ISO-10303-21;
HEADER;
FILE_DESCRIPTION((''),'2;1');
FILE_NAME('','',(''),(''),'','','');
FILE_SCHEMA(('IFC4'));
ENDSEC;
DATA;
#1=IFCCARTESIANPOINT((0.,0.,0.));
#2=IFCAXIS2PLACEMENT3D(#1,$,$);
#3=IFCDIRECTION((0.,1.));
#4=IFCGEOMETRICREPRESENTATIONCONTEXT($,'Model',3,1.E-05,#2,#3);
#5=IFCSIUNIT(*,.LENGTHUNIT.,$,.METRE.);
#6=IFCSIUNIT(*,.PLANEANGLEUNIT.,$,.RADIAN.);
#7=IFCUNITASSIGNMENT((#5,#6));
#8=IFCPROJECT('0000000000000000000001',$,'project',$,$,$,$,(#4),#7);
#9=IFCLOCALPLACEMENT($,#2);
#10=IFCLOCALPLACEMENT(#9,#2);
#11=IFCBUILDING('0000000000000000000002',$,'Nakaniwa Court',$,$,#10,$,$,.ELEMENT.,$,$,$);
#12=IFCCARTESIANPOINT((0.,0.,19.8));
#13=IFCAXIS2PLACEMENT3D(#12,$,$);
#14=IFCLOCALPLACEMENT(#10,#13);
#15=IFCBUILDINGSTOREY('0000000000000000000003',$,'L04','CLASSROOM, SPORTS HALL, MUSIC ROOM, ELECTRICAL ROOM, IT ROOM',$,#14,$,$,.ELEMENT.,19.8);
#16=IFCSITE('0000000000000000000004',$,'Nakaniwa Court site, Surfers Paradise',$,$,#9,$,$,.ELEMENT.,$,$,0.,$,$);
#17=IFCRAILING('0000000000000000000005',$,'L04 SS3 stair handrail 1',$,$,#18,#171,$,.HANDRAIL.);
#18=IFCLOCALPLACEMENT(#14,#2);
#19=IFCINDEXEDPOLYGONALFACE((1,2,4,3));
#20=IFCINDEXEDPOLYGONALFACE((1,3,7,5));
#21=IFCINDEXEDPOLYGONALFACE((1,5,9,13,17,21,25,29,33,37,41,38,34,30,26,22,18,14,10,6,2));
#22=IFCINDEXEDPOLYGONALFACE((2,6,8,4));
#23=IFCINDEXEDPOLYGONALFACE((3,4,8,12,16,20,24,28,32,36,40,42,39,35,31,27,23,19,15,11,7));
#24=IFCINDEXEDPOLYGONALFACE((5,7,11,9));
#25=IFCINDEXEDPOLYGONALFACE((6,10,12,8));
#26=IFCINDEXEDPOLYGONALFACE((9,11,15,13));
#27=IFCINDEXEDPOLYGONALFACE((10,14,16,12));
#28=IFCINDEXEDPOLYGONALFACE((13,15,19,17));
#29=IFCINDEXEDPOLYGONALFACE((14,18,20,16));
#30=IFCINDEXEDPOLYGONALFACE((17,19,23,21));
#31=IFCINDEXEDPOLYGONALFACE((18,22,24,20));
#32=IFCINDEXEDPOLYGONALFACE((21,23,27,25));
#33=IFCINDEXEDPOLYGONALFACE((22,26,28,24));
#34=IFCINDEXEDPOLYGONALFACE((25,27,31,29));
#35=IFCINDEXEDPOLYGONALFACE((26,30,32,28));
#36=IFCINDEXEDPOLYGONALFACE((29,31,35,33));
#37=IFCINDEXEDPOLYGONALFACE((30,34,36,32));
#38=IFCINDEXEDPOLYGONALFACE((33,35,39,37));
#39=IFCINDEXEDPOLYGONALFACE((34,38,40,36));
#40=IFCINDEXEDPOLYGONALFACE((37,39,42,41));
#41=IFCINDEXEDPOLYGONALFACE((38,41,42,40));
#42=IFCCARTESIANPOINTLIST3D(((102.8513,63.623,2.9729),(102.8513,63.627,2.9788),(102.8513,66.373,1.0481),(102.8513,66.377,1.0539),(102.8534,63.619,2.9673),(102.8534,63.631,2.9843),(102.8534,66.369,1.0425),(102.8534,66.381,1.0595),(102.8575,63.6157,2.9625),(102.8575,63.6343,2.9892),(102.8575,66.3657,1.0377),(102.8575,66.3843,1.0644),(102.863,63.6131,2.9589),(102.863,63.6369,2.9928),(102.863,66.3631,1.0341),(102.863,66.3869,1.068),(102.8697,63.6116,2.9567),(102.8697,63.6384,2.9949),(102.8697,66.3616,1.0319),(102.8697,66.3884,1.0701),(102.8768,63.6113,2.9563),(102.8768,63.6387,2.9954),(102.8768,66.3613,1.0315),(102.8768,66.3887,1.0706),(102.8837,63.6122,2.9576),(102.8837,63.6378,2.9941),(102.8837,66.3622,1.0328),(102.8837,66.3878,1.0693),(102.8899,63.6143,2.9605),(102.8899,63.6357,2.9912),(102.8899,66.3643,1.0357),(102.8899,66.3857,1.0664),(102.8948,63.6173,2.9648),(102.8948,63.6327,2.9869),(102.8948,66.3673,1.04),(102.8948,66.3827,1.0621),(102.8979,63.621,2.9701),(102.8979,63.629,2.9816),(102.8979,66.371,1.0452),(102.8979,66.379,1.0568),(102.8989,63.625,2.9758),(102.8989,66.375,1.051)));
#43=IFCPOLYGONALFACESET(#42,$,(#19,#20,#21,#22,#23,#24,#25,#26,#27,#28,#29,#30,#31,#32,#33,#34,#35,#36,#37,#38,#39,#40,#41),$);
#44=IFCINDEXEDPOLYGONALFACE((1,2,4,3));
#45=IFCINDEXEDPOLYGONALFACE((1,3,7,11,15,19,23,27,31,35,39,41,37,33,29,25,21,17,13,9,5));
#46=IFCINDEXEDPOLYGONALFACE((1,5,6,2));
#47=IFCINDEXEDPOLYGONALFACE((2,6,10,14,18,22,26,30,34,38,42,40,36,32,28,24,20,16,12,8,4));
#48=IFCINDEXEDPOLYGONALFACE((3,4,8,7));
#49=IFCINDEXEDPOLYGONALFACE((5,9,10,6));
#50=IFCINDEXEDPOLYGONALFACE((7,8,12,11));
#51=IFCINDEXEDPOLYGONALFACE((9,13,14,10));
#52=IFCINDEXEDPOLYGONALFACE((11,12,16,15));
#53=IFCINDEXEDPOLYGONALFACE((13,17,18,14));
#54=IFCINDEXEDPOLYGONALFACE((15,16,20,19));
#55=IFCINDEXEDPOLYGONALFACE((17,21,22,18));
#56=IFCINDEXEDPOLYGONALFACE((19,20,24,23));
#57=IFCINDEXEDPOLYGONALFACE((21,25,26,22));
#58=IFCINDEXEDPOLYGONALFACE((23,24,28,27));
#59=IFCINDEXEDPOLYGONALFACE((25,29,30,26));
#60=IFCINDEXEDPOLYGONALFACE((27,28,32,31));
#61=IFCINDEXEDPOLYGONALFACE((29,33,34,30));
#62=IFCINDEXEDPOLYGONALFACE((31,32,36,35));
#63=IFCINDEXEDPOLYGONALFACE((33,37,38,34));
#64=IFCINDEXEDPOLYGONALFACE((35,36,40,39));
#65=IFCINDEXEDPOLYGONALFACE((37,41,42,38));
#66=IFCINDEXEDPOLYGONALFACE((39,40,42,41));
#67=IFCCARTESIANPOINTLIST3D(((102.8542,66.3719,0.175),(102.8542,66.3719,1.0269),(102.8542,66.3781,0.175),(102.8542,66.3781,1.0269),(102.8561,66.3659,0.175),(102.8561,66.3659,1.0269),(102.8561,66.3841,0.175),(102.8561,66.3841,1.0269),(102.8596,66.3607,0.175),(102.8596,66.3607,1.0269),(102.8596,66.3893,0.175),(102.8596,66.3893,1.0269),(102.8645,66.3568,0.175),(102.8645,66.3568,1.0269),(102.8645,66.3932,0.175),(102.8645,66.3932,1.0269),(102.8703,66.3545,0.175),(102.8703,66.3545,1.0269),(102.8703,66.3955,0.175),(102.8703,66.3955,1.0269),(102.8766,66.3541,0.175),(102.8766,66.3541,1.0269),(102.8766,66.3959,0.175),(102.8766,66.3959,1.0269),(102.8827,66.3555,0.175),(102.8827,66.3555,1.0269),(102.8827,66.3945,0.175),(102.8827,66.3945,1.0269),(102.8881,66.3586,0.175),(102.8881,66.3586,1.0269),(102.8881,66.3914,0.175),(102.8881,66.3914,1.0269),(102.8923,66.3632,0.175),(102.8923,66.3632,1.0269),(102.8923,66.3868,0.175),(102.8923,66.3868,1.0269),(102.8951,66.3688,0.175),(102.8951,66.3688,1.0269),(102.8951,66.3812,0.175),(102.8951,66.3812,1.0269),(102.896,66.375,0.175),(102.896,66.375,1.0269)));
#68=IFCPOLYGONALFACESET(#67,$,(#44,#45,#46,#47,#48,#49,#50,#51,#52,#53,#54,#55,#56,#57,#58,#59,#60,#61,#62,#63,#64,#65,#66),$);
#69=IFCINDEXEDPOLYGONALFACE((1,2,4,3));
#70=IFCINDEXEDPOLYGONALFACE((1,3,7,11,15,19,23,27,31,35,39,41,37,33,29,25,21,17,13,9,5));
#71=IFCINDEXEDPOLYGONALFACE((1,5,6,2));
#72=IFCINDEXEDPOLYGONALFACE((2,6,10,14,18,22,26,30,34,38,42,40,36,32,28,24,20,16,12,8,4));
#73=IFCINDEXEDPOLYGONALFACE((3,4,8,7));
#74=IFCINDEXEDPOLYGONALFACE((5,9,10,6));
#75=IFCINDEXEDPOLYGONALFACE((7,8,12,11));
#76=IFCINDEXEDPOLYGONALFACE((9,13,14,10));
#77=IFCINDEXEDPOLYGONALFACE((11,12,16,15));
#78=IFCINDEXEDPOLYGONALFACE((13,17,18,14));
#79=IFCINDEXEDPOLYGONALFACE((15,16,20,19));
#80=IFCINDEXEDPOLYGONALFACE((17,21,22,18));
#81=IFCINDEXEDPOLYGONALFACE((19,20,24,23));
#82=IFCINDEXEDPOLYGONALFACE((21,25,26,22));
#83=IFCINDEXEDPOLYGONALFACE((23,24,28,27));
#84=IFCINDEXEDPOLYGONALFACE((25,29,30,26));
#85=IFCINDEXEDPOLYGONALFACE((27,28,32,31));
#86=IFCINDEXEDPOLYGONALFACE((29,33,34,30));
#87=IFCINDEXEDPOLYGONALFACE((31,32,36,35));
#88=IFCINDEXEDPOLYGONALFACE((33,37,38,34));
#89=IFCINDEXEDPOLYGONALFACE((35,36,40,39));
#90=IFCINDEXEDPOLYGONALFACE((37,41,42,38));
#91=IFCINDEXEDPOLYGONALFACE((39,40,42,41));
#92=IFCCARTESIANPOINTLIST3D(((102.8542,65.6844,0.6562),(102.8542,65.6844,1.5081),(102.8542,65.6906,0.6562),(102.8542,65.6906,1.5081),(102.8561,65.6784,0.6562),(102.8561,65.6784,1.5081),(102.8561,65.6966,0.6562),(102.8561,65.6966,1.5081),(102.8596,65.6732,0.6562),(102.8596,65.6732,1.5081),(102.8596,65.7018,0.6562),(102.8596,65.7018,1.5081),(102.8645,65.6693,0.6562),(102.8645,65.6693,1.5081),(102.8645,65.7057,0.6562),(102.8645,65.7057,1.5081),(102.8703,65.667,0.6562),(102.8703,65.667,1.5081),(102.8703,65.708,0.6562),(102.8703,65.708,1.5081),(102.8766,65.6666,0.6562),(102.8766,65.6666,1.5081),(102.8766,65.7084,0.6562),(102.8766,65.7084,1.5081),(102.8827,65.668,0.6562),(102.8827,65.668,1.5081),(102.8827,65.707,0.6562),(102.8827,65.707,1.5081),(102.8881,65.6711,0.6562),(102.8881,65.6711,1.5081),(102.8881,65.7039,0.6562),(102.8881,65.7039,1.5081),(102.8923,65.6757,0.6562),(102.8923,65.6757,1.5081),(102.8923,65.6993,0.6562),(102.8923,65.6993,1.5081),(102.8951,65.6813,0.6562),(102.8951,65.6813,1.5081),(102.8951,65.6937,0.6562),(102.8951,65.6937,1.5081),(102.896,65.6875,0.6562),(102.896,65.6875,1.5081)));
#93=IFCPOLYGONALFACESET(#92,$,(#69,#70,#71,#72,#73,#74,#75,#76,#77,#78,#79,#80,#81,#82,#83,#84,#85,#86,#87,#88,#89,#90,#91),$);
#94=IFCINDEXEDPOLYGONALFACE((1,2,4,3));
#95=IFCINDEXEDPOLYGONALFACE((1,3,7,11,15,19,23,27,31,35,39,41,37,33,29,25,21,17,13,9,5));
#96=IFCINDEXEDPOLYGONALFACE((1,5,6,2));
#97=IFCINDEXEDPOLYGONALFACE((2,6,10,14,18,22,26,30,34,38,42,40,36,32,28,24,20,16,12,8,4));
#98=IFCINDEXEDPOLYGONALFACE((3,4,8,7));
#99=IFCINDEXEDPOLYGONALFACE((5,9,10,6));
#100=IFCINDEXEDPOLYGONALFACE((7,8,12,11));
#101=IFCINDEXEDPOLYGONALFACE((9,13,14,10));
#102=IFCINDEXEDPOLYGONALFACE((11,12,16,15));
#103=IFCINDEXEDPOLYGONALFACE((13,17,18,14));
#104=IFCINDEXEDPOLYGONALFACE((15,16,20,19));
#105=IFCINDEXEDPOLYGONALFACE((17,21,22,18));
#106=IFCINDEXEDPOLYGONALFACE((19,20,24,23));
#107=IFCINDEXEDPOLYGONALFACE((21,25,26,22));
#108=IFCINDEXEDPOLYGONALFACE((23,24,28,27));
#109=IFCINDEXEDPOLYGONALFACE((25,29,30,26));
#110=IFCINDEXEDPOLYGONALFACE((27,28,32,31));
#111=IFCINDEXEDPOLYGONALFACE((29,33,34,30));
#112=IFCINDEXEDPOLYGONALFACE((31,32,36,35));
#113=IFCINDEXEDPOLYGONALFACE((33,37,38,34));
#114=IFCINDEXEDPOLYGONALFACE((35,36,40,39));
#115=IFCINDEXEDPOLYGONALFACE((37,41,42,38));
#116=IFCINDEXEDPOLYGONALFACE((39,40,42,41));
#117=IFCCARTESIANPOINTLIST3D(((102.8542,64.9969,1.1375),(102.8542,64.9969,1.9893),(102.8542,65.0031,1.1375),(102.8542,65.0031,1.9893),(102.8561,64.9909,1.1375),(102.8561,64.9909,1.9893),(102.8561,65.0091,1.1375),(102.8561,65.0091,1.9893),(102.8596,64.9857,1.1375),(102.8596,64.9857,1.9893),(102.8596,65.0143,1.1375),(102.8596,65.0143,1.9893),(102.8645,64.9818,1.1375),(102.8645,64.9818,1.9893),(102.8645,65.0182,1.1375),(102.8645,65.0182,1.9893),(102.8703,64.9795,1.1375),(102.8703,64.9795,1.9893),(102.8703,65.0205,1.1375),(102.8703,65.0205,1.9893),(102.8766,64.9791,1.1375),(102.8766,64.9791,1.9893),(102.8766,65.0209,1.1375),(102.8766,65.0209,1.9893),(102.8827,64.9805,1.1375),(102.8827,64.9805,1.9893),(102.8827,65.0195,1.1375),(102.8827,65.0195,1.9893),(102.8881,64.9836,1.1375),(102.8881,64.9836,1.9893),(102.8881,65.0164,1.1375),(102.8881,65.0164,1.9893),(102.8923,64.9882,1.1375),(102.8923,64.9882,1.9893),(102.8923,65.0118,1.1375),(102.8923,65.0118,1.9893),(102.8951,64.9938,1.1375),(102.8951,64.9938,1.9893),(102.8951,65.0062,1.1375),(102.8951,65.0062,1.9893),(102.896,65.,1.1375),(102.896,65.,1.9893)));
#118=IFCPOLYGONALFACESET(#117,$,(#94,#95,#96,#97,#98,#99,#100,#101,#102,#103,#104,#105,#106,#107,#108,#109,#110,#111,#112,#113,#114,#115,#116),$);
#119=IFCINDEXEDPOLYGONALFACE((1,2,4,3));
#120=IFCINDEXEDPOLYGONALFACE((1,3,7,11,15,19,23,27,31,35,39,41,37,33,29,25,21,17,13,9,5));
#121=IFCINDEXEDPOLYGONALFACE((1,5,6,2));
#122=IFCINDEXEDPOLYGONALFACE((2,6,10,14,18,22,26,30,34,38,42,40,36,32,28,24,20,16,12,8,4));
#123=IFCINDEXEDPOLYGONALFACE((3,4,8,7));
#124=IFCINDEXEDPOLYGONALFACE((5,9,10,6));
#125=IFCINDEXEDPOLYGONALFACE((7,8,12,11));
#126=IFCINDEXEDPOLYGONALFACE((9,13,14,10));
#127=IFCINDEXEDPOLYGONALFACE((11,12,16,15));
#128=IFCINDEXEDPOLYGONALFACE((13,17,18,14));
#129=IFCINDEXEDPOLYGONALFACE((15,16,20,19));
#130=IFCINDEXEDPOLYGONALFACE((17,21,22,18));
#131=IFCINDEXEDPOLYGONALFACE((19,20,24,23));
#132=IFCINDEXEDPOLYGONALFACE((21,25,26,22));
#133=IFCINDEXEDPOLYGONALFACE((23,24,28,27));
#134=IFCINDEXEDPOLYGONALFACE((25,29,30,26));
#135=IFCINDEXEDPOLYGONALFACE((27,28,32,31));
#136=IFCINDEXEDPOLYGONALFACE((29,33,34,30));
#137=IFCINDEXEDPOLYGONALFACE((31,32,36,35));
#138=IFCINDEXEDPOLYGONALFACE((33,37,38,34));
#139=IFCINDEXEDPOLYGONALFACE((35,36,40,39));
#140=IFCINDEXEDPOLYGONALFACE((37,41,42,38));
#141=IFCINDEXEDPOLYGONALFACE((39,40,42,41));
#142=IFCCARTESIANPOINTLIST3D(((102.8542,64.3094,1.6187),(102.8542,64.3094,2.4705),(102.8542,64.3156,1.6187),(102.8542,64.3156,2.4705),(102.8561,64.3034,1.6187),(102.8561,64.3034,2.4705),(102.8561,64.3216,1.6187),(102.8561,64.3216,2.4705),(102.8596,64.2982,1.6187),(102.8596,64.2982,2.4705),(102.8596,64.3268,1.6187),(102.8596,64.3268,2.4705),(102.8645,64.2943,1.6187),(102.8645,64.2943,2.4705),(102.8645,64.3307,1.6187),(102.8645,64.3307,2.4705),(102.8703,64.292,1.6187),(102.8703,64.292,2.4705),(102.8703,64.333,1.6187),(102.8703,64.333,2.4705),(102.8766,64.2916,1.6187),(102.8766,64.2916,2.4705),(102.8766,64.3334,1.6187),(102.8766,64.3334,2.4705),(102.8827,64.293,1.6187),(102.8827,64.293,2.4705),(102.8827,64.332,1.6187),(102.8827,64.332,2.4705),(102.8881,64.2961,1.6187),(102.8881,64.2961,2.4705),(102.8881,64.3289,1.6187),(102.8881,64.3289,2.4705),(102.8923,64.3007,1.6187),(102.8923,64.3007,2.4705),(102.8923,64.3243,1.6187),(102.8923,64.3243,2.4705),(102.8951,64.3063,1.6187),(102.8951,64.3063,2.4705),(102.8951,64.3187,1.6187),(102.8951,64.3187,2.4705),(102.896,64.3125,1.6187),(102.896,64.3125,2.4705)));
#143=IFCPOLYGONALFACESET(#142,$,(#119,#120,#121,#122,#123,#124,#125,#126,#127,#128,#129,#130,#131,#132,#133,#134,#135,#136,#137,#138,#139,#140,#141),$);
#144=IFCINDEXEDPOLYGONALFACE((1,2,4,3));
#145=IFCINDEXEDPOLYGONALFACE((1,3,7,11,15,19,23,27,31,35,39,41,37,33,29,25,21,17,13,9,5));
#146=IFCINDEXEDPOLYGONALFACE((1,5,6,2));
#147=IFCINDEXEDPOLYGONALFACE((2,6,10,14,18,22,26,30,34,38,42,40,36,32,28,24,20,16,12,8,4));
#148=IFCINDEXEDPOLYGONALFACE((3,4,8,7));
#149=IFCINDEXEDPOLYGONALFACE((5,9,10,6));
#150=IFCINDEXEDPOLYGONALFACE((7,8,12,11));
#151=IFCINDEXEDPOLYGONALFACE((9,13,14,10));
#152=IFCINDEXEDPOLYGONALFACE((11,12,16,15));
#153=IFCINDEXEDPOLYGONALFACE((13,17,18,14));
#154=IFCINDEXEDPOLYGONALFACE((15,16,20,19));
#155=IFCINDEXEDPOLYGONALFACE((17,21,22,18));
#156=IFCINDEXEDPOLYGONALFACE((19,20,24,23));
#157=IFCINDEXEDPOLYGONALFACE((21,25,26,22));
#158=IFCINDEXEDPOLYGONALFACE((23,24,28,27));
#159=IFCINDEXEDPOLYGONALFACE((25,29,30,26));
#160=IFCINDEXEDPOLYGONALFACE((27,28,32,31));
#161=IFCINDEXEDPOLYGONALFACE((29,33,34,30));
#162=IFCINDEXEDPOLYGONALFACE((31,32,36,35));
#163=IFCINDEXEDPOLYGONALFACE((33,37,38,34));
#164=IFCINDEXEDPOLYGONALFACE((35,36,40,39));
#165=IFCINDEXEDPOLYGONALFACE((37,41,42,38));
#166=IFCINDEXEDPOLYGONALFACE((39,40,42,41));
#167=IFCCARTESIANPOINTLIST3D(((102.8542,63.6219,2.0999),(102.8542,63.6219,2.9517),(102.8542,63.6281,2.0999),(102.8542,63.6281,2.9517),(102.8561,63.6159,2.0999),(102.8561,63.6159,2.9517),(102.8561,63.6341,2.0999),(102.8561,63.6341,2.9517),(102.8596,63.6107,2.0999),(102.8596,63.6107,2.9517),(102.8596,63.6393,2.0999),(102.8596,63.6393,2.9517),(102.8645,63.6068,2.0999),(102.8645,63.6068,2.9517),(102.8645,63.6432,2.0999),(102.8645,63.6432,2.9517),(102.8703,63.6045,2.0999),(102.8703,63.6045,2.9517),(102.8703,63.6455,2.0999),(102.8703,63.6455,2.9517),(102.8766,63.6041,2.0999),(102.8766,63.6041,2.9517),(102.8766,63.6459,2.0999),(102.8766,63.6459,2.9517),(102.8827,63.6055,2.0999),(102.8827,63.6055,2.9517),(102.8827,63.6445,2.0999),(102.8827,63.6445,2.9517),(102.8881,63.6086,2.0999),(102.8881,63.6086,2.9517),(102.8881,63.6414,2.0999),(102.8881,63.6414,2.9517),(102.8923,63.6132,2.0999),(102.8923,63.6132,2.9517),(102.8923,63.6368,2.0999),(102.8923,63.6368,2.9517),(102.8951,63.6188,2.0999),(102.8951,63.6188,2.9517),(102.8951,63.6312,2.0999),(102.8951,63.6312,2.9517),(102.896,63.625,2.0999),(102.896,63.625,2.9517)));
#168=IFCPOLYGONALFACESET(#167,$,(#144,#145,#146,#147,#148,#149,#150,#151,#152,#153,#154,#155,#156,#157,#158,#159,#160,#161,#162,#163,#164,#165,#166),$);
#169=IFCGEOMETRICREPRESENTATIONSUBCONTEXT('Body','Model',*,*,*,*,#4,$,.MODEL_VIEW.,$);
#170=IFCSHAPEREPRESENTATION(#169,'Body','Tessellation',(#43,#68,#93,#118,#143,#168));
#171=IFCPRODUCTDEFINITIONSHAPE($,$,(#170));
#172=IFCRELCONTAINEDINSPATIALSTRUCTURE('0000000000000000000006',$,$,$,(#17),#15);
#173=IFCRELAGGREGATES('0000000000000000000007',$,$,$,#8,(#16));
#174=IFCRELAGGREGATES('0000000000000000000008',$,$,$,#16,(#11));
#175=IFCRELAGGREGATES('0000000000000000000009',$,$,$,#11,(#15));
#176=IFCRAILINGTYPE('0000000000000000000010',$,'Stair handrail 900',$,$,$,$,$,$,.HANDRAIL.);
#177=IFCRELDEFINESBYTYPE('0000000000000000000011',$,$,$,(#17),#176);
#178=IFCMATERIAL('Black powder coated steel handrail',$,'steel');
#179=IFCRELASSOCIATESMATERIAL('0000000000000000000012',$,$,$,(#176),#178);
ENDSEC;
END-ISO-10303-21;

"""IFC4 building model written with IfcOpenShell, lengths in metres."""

from ifc_helpers import new_model, si_unit, direction, frame, origin, origin_2d, place, context, subcontext, project, spatial, circle, extrude, material, type_object, element, save


model = new_model("IFC4")

# Units and contexts
model_context = context("Model", 3, precision=1e-05, world=origin(), true_north=direction((0.0, 1.0)))
body_context = subcontext(model_context, "Body", "Model", "MODEL_VIEW")
ifc_project = project(units=[si_unit("LENGTHUNIT", "METRE"), si_unit("PLANEANGLEUNIT", "RADIAN")], contexts=[model_context])

# Site, building, storey
site_placement = place(None, origin())
site = spatial("IfcSite", under=ifc_project, at=site_placement, Name="Nakaniwa Court site, Surfers Paradise", CompositionType="ELEMENT", RefElevation=0.0)
building_placement = place(site_placement, origin())
building = spatial("IfcBuilding", under=site, at=building_placement, Name="Nakaniwa Court", CompositionType="ELEMENT")
storey_placement = place(building_placement, frame((0.0, 0.0, 19.8)))
storey = spatial("IfcBuildingStorey", under=building, at=storey_placement, Name="L04", Description="CLASSROOM, SPORTS HALL, MUSIC ROOM, ELECTRICAL ROOM, IT ROOM", CompositionType="ELEMENT", Elevation=19.8)

# Railing
ifc_material_1 = material(Name="Black powder coated steel handrail", Category="steel")
railing_type_1 = type_object("IfcRailingType", Name="Stair handrail 900", PredefinedType="HANDRAIL", material=ifc_material_1)
railing_1_placement = place(storey_placement, frame((102.875, 66.375, 0.175)))
element("IfcRailing", 1, at=railing_1_placement, inside=storey, type_object=railing_type_1, Name="L04 SS3 stair handrail 1", PredefinedType="HANDRAIL", context=body_context, shape_type="SweptSolid", body=[
    extrude(circle(Radius=0.0239, at=origin_2d()), frame((0.0, 0.0, 0.876), z_axis=(0.0, -0.819259, 0.573423), x_axis=(1.0, 0.0, 0.0)), (0.0, 0.0, 1.0), 3.3567),
    extrude(circle(Radius=0.021, at=origin_2d()), origin(), (0.0, 0.0, 1.0), 0.8518),
    extrude(circle(Radius=0.021, at=origin_2d()), frame((0.0, -0.6875, 0.4812)), (0.0, 0.0, 1.0), 0.8518),
    extrude(circle(Radius=0.021, at=origin_2d()), frame((0.0, -1.375, 0.9624)), (0.0, 0.0, 1.0), 0.8518),
    extrude(circle(Radius=0.021, at=origin_2d()), frame((0.0, -2.0625, 1.4436)), (0.0, 0.0, 1.0), 0.8518),
    extrude(circle(Radius=0.021, at=origin_2d()), frame((0.0, -2.75, 1.9248)), (0.0, 0.0, 1.0), 0.8518),
])

save(model, "model.ifc")
